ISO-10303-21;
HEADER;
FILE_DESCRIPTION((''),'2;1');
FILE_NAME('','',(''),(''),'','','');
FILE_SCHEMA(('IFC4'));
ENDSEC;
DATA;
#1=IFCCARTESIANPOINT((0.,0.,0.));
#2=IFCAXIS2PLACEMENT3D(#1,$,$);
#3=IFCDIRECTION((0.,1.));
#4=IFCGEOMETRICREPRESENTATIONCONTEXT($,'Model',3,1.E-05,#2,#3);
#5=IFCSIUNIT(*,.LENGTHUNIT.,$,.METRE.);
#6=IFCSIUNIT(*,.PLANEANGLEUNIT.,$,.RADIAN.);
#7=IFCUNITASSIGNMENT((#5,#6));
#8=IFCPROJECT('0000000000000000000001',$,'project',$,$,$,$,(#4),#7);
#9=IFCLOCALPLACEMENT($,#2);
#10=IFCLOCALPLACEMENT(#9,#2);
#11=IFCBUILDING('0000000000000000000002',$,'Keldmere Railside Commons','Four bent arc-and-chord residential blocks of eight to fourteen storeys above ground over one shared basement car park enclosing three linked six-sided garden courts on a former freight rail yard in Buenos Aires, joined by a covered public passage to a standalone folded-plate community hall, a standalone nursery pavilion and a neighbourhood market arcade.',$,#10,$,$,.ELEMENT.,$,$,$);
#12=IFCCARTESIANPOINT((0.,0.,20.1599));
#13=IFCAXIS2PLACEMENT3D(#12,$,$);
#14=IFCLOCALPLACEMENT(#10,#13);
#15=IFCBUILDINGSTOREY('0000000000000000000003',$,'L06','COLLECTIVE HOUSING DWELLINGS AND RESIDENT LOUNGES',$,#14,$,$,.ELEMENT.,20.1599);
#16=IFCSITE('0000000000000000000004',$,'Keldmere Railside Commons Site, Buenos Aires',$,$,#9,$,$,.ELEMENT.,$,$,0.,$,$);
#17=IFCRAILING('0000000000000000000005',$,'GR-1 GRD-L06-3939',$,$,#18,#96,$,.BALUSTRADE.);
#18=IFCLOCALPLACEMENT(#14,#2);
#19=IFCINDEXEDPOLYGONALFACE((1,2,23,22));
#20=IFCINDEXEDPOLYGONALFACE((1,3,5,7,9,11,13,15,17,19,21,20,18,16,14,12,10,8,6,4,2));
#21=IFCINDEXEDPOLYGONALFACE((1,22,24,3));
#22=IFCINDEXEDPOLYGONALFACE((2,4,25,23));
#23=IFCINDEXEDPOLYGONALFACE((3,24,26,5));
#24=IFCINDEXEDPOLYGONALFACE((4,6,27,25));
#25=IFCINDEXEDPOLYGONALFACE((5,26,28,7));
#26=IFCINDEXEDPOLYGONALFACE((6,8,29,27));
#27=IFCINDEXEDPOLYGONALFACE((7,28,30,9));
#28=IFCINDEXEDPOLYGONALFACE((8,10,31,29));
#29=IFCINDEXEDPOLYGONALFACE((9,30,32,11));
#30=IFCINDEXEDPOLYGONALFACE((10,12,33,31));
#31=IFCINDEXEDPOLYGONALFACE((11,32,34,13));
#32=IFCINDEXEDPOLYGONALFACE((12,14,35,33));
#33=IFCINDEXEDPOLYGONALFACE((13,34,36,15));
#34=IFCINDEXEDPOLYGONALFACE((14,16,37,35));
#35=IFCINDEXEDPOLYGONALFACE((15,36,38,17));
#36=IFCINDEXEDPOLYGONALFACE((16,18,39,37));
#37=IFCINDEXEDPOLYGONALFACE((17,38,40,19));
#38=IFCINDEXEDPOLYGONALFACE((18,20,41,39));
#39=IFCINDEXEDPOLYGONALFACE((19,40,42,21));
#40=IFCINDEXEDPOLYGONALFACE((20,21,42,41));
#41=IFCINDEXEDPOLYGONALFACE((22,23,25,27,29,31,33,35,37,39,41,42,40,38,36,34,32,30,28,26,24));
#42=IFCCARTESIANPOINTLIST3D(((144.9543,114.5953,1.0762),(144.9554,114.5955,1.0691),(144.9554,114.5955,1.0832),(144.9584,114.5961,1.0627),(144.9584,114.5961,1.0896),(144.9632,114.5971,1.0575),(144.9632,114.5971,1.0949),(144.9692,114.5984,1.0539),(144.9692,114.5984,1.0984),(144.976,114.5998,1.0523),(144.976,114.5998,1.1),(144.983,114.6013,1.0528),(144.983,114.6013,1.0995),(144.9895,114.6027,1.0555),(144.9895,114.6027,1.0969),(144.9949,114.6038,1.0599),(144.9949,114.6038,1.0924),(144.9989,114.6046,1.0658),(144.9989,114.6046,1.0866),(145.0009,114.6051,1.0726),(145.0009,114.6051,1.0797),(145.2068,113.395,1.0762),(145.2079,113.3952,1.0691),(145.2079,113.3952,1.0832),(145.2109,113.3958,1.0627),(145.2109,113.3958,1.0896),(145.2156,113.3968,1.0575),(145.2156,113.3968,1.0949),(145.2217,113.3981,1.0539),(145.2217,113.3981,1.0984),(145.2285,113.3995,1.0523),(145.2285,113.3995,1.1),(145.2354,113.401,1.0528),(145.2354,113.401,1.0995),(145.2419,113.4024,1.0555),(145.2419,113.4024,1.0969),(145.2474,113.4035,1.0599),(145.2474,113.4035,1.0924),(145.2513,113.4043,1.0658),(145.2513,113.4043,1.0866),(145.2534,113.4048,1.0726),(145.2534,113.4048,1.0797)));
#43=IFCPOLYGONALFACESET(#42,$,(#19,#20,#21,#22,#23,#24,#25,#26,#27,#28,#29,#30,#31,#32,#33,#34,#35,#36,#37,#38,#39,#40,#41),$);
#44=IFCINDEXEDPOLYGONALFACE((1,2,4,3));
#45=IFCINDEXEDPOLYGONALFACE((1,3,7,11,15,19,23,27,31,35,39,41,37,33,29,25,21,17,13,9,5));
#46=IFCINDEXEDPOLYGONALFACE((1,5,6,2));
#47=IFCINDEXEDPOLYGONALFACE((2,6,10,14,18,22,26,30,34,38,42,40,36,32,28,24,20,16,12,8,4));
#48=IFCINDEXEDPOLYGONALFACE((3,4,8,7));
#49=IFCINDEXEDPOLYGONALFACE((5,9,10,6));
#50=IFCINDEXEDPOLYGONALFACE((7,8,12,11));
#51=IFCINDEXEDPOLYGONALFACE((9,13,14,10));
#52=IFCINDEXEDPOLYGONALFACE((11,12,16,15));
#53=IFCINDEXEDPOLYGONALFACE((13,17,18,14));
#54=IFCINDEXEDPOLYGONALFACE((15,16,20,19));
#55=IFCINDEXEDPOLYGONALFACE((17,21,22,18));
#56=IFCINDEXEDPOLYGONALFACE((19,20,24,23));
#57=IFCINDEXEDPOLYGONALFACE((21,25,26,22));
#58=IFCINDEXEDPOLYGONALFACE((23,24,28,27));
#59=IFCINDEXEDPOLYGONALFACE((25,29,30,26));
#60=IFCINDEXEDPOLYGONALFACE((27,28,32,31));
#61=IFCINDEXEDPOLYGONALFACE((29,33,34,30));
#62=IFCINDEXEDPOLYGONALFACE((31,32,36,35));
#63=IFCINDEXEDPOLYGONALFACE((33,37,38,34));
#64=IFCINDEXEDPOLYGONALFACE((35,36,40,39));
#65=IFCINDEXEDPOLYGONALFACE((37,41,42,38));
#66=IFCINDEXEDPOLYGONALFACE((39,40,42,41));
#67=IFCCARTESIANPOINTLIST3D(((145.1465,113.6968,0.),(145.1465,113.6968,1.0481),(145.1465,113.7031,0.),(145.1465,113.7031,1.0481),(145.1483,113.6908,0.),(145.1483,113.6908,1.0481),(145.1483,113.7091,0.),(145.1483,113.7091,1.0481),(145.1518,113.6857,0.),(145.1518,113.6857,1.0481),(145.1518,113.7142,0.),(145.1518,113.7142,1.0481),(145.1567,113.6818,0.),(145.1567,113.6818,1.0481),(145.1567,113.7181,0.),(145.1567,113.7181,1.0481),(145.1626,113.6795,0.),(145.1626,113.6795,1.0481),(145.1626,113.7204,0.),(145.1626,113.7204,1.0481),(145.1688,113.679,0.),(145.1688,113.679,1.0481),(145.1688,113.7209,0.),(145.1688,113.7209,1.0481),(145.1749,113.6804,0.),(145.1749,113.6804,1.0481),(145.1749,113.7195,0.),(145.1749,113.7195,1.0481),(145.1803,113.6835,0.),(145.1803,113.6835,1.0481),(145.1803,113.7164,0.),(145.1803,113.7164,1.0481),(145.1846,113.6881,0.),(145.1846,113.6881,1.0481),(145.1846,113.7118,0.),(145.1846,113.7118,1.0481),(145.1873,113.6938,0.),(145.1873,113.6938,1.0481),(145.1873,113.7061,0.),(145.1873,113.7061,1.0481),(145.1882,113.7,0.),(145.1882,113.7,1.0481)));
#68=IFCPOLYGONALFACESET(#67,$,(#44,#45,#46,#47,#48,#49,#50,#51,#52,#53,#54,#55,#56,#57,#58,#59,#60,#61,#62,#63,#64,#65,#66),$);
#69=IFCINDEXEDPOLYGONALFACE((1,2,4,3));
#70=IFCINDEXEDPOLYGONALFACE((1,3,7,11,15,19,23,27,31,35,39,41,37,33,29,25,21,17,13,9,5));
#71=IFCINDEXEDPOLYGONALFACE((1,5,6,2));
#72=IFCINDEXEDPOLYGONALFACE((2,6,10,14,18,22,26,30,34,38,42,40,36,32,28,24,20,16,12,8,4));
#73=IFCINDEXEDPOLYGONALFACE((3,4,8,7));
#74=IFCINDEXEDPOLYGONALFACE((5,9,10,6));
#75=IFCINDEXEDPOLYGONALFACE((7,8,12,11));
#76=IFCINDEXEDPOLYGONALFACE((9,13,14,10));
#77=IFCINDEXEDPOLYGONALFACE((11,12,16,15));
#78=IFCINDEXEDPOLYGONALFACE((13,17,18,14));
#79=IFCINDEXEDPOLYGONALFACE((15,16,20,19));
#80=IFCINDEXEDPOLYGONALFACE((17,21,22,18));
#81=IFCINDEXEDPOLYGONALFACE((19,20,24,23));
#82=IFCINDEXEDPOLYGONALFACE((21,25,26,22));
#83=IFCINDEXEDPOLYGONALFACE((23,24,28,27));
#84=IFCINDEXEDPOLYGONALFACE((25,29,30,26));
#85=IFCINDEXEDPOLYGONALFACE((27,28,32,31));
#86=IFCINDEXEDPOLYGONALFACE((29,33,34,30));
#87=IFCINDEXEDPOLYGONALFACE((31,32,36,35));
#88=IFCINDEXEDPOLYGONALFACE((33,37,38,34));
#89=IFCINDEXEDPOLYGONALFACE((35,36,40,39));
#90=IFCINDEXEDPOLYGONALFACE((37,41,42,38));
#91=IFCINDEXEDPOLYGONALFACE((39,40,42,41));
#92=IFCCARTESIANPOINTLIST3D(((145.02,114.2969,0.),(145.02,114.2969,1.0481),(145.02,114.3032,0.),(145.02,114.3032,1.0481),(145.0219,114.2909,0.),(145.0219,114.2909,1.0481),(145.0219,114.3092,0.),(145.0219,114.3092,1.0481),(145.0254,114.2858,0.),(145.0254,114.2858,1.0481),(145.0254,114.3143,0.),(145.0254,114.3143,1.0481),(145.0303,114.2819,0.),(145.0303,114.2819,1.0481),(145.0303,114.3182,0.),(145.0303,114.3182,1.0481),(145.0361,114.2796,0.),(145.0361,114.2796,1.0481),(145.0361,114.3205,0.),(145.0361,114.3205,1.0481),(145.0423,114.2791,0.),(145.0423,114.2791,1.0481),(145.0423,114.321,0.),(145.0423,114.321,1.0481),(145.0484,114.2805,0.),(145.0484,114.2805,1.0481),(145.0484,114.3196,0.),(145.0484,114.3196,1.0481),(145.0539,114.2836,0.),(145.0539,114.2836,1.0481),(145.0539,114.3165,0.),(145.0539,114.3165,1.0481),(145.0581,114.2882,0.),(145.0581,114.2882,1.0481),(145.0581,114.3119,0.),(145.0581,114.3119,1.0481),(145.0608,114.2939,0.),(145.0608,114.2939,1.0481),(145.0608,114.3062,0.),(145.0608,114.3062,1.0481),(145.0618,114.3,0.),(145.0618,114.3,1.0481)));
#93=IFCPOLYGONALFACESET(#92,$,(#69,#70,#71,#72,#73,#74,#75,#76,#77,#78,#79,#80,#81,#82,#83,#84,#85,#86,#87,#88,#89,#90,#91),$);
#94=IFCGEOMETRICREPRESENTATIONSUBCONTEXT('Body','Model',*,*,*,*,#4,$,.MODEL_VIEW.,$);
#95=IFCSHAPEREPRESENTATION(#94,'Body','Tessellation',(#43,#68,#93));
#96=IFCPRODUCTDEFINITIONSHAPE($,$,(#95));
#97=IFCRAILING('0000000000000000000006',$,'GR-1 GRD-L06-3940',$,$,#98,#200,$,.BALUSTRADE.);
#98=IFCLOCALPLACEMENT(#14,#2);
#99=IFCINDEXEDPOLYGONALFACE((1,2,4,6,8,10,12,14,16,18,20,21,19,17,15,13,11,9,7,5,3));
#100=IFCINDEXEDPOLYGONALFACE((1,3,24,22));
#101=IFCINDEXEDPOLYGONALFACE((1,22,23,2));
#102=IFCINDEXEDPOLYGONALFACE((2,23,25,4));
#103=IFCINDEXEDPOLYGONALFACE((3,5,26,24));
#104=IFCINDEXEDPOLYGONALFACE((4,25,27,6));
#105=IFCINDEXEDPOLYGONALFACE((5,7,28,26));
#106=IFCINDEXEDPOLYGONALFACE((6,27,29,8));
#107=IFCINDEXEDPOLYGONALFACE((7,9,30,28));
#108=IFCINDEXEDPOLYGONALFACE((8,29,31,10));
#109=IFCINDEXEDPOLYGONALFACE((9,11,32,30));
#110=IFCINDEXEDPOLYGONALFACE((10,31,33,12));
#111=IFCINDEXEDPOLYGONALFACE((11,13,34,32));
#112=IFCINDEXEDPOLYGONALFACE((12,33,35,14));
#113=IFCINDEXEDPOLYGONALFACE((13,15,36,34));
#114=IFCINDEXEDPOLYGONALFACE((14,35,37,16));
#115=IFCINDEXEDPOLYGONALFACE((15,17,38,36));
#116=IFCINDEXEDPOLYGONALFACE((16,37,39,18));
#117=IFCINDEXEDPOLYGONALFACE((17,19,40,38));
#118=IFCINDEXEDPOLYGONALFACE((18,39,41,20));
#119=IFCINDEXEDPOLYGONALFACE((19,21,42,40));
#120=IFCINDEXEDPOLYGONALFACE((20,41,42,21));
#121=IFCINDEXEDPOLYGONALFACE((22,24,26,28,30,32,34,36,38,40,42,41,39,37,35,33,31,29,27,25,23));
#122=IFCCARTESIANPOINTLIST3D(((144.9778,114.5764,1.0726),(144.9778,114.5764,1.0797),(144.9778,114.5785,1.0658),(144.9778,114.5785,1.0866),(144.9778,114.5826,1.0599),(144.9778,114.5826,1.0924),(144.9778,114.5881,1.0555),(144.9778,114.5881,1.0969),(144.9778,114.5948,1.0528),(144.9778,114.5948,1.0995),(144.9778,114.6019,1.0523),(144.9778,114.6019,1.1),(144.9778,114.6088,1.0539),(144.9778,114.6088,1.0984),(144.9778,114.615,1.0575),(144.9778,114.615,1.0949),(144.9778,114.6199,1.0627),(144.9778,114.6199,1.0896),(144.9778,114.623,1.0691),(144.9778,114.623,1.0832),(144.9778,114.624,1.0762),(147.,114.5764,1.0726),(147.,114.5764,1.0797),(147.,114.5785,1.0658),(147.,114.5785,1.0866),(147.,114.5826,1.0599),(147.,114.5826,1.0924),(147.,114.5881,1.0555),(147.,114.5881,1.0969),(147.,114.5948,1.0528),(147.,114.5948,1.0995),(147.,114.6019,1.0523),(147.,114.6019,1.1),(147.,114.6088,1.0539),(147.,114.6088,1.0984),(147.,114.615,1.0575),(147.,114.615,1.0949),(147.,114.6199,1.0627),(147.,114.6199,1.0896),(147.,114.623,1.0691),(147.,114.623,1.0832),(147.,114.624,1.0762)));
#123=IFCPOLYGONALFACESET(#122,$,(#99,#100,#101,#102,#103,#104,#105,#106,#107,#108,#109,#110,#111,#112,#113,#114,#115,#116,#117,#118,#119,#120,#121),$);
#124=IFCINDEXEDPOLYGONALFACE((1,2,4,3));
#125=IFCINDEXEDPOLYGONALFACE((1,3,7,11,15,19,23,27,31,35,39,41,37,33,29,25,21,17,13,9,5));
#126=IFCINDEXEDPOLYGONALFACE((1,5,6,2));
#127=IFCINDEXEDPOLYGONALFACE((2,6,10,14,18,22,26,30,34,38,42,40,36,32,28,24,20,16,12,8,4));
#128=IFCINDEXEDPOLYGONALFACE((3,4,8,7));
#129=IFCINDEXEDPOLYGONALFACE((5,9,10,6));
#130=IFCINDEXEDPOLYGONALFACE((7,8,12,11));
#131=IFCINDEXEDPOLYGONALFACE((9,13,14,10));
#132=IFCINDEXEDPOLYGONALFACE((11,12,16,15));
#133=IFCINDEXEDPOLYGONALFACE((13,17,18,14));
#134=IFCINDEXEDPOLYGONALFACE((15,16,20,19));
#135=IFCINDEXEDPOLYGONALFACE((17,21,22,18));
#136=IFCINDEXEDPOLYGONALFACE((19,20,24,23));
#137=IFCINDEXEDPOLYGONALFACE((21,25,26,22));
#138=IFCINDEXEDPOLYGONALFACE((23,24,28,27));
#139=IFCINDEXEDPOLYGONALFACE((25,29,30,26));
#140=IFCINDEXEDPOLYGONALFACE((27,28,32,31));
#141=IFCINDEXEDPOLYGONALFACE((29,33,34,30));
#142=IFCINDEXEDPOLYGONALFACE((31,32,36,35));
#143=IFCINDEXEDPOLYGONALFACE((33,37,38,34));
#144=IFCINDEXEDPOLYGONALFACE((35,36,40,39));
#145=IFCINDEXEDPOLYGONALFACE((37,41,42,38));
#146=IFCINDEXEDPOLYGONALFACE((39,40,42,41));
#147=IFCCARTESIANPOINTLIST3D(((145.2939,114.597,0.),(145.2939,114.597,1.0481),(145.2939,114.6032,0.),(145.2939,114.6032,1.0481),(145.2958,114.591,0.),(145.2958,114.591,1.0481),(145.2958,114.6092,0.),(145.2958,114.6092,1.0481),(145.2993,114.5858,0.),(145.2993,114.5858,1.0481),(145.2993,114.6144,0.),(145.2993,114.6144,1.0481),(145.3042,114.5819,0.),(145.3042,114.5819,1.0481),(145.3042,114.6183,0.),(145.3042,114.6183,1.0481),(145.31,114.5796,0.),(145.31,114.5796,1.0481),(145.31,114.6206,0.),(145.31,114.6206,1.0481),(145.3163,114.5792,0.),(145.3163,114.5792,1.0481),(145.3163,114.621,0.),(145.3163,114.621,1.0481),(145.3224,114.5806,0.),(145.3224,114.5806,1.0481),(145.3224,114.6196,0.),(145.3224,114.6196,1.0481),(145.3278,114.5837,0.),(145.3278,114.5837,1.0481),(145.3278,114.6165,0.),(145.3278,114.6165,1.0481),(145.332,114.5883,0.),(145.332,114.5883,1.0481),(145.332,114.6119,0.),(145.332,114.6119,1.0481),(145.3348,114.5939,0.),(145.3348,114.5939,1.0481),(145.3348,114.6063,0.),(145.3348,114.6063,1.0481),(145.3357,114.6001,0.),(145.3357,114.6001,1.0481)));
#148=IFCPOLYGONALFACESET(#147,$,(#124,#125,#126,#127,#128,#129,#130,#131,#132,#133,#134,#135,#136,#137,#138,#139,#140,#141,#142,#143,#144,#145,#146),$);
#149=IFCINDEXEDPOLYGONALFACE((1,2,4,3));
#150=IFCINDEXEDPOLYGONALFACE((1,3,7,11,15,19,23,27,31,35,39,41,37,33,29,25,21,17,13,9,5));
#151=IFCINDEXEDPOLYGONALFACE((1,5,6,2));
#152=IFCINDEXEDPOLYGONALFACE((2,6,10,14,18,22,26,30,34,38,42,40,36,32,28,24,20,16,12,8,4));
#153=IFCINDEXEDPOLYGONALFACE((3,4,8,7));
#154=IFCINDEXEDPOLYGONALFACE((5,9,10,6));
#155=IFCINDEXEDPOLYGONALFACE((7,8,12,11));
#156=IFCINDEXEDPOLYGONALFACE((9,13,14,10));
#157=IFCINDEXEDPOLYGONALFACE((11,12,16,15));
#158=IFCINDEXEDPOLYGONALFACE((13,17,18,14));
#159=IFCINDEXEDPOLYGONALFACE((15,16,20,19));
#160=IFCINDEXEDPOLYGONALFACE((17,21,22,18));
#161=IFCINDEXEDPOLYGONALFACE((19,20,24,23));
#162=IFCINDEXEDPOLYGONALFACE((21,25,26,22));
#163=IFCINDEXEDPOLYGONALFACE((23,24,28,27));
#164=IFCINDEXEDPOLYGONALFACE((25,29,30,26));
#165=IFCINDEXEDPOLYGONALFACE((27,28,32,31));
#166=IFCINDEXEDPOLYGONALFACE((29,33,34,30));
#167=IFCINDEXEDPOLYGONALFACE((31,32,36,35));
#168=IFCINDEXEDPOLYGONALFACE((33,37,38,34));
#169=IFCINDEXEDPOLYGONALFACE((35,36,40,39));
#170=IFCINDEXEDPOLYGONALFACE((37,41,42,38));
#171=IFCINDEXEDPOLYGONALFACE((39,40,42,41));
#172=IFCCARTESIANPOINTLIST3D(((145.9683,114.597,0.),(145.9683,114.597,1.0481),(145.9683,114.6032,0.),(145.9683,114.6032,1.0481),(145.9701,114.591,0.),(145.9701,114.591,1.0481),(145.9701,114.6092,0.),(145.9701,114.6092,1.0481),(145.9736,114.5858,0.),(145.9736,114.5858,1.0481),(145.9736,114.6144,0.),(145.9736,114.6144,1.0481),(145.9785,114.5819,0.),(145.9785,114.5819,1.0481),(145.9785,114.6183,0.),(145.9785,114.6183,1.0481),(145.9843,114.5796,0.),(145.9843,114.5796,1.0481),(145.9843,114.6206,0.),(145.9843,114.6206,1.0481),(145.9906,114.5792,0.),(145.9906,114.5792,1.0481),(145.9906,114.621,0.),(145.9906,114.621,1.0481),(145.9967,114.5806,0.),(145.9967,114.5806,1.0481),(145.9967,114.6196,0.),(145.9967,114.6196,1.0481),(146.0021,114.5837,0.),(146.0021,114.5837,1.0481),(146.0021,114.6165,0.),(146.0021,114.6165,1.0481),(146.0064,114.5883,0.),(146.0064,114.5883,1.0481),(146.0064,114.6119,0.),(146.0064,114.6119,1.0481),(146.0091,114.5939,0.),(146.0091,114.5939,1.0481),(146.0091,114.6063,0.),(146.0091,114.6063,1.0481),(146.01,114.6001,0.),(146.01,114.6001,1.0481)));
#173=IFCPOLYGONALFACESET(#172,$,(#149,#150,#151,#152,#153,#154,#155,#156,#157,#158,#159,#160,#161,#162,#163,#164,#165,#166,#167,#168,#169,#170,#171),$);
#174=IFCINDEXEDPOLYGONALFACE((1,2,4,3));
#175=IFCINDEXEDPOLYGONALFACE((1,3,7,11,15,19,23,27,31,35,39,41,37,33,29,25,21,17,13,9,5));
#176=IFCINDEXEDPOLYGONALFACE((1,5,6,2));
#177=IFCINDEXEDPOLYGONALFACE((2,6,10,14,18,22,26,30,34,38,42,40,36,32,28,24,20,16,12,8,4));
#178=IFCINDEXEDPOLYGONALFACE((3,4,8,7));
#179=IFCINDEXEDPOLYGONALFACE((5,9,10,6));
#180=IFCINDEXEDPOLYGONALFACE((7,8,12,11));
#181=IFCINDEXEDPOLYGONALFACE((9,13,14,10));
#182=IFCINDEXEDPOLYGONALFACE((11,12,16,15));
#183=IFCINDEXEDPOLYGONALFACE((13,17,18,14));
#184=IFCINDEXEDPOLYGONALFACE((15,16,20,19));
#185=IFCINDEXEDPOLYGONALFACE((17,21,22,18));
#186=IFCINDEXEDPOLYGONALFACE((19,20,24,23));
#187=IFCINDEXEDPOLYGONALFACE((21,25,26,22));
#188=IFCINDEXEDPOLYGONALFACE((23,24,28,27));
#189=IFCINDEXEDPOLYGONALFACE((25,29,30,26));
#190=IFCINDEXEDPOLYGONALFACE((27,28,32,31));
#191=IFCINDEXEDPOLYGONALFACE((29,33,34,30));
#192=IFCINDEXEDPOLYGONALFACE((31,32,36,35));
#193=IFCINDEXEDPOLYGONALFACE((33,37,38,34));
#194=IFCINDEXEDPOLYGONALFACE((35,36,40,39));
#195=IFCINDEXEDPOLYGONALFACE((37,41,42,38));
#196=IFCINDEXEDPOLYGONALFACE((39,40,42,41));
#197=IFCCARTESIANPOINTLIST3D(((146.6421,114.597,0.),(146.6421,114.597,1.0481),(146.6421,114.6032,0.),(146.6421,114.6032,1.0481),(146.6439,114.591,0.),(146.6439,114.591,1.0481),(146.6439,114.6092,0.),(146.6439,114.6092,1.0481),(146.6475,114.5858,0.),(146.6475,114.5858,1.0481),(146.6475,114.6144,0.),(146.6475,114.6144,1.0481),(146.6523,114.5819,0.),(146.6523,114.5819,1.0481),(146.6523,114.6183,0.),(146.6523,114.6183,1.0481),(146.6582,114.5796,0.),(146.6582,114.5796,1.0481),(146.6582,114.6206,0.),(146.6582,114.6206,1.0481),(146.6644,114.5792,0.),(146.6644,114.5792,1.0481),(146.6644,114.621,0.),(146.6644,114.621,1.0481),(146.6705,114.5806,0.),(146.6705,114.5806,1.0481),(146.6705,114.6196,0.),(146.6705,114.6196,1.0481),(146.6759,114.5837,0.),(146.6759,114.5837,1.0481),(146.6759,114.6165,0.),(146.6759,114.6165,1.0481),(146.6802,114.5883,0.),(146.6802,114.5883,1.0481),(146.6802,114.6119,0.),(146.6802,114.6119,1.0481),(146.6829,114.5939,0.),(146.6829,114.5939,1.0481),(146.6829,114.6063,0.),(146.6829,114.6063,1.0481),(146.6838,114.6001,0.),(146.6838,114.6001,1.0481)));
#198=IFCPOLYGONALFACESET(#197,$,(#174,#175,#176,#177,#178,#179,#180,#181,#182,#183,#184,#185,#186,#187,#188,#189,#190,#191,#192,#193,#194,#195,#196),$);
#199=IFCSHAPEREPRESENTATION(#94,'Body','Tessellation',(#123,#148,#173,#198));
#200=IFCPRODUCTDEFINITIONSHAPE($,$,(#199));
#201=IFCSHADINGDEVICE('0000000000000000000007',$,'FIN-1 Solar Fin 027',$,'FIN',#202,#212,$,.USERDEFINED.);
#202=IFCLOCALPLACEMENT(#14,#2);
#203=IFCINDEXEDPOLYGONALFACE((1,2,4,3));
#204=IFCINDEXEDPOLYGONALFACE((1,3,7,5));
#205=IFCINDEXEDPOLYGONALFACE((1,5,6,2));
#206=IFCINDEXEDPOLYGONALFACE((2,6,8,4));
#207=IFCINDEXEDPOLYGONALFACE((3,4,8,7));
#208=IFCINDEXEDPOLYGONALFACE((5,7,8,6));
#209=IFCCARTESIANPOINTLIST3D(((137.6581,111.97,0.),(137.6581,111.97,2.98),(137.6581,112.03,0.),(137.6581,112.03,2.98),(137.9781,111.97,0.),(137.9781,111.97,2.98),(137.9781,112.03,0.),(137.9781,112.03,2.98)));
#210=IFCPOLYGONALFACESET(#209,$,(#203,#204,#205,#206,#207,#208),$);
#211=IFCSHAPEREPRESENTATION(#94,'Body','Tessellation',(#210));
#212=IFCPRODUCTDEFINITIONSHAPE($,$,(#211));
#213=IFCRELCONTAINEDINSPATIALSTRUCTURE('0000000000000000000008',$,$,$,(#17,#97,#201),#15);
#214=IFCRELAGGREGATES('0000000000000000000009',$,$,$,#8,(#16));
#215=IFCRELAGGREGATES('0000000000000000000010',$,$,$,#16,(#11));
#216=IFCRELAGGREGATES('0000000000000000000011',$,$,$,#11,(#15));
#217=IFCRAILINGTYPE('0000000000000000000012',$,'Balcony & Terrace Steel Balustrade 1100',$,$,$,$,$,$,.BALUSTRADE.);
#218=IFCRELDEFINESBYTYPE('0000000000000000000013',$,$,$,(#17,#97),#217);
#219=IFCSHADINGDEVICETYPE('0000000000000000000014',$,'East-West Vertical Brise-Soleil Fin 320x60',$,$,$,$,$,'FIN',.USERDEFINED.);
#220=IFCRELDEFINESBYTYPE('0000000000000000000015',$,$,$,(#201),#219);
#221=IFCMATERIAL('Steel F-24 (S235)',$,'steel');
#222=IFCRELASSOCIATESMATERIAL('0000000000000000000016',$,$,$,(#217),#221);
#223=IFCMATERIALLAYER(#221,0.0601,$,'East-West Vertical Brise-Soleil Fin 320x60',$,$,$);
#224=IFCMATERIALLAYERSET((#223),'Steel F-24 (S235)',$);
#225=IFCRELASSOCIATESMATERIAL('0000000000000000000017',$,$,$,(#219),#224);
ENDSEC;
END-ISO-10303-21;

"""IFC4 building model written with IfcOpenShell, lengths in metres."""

from ifc_helpers import new_model, si_unit, direction, frame, origin, origin_2d, place, context, subcontext, project, spatial, rectangle, circle, extrude, material, layer, layer_set, type_object, element, save


model = new_model("IFC4")

# Units and contexts
model_context = context("Model", 3, precision=1e-05, world=origin(), true_north=direction((0.0, 1.0)))
body_context = subcontext(model_context, "Body", "Model", "MODEL_VIEW")
ifc_project = project(units=[si_unit("LENGTHUNIT", "METRE"), si_unit("PLANEANGLEUNIT", "RADIAN")], contexts=[model_context])

# Site, building, storey
site_placement = place(None, origin())
site = spatial("IfcSite", under=ifc_project, at=site_placement, Name="Keldmere Railside Commons Site, Buenos Aires", CompositionType="ELEMENT", RefElevation=0.0)
building_placement = place(site_placement, origin())
building = spatial("IfcBuilding", under=site, at=building_placement, Name="Keldmere Railside Commons", Description="Four bent arc-and-chord residential blocks of eight to fourteen storeys above ground over one shared basement car park enclosing three linked six-sided garden courts on a former freight rail yard in Buenos Aires, joined by a covered public passage to a standalone folded-plate community hall, a standalone nursery pavilion and a neighbourhood market arcade.", CompositionType="ELEMENT")
storey_placement = place(building_placement, frame((0.0, 0.0, 20.1599)))
storey = spatial("IfcBuildingStorey", under=building, at=storey_placement, Name="L06", Description="COLLECTIVE HOUSING DWELLINGS AND RESIDENT LOUNGES", CompositionType="ELEMENT", Elevation=20.1599)

# Railings
ifc_material_1 = material(Name="Steel F-24 (S235)", Category="steel")
railing_type = type_object("IfcRailingType", Name="Balcony & Terrace Steel Balustrade 1100", PredefinedType="BALUSTRADE", material=ifc_material_1)
railing_1_placement = place(storey_placement, frame((145.2302, 113.3999, 0.0)))
element("IfcRailing", 1, at=railing_1_placement, inside=storey, type_object=railing_type, Name="GR-1 GRD-L06-3939", PredefinedType="BALUSTRADE", context=body_context, shape_type="SweptSolid", body=[
    extrude(circle(Radius=0.0239, at=origin_2d()), frame((0.0, 0.0, 1.0762), z_axis=(-0.20583, 0.978588, 0.0), x_axis=(-0.978588, -0.20583, 0.0)), (0.0, 0.0, 1.0), 1.2266),
    extrude(circle(Radius=0.021, at=origin_2d()), frame((-0.063, 0.3, 0.0)), (0.0, 0.0, 1.0), 1.0481),
    extrude(circle(Radius=0.021, at=origin_2d()), frame((-0.1895, 0.9001, 0.0)), (0.0, 0.0, 1.0), 1.0481),
])
railing_2_placement = place(storey_placement, frame((144.9778, 114.6001, 0.0)))
element("IfcRailing", 2, at=railing_2_placement, inside=storey, type_object=railing_type, Name="GR-1 GRD-L06-3940", PredefinedType="BALUSTRADE", context=body_context, shape_type="SweptSolid", body=[
    extrude(circle(Radius=0.0239, at=origin_2d()), frame((0.0, 0.0, 1.0762), z_axis=(1.0, 0.0, 0.0), x_axis=(0.0, 1.0, 0.0)), (0.0, 0.0, 1.0), 2.0222),
    extrude(circle(Radius=0.021, at=origin_2d()), frame((0.3369, 0.0, 0.0)), (0.0, 0.0, 1.0), 1.0481),
    extrude(circle(Radius=0.021, at=origin_2d()), frame((1.0112, 0.0, 0.0)), (0.0, 0.0, 1.0), 1.0481),
    extrude(circle(Radius=0.021, at=origin_2d()), frame((1.6851, 0.0, 0.0)), (0.0, 0.0, 1.0), 1.0481),
])

# Shading device
ifc_layer_1 = layer(ifc_material_1, 0.0601, Name="East-West Vertical Brise-Soleil Fin 320x60")
ifc_layer_set_1 = layer_set([ifc_layer_1], Name="Steel F-24 (S235)")
shading_device_type = type_object("IfcShadingDeviceType", Name="East-West Vertical Brise-Soleil Fin 320x60", ElementType="FIN", PredefinedType="USERDEFINED", material=ifc_layer_set_1)
shading_device_placement = place(storey_placement, frame((137.8181, 112.0, 0.0), z_axis=(0.0, 0.0, 1.0), x_axis=(1.0, 0.0, 0.0)))
element("IfcShadingDevice", 3, at=shading_device_placement, inside=storey, type_object=shading_device_type, Name="FIN-1 Solar Fin 027", ObjectType="FIN", PredefinedType="USERDEFINED", context=body_context, shape_type="SweptSolid", body=[
    extrude(rectangle(XDim=0.3201, YDim=0.0601, at=origin_2d()), origin(), (0.0, 0.0, 1.0), 2.98),
])

save(model, "model.ifc")
